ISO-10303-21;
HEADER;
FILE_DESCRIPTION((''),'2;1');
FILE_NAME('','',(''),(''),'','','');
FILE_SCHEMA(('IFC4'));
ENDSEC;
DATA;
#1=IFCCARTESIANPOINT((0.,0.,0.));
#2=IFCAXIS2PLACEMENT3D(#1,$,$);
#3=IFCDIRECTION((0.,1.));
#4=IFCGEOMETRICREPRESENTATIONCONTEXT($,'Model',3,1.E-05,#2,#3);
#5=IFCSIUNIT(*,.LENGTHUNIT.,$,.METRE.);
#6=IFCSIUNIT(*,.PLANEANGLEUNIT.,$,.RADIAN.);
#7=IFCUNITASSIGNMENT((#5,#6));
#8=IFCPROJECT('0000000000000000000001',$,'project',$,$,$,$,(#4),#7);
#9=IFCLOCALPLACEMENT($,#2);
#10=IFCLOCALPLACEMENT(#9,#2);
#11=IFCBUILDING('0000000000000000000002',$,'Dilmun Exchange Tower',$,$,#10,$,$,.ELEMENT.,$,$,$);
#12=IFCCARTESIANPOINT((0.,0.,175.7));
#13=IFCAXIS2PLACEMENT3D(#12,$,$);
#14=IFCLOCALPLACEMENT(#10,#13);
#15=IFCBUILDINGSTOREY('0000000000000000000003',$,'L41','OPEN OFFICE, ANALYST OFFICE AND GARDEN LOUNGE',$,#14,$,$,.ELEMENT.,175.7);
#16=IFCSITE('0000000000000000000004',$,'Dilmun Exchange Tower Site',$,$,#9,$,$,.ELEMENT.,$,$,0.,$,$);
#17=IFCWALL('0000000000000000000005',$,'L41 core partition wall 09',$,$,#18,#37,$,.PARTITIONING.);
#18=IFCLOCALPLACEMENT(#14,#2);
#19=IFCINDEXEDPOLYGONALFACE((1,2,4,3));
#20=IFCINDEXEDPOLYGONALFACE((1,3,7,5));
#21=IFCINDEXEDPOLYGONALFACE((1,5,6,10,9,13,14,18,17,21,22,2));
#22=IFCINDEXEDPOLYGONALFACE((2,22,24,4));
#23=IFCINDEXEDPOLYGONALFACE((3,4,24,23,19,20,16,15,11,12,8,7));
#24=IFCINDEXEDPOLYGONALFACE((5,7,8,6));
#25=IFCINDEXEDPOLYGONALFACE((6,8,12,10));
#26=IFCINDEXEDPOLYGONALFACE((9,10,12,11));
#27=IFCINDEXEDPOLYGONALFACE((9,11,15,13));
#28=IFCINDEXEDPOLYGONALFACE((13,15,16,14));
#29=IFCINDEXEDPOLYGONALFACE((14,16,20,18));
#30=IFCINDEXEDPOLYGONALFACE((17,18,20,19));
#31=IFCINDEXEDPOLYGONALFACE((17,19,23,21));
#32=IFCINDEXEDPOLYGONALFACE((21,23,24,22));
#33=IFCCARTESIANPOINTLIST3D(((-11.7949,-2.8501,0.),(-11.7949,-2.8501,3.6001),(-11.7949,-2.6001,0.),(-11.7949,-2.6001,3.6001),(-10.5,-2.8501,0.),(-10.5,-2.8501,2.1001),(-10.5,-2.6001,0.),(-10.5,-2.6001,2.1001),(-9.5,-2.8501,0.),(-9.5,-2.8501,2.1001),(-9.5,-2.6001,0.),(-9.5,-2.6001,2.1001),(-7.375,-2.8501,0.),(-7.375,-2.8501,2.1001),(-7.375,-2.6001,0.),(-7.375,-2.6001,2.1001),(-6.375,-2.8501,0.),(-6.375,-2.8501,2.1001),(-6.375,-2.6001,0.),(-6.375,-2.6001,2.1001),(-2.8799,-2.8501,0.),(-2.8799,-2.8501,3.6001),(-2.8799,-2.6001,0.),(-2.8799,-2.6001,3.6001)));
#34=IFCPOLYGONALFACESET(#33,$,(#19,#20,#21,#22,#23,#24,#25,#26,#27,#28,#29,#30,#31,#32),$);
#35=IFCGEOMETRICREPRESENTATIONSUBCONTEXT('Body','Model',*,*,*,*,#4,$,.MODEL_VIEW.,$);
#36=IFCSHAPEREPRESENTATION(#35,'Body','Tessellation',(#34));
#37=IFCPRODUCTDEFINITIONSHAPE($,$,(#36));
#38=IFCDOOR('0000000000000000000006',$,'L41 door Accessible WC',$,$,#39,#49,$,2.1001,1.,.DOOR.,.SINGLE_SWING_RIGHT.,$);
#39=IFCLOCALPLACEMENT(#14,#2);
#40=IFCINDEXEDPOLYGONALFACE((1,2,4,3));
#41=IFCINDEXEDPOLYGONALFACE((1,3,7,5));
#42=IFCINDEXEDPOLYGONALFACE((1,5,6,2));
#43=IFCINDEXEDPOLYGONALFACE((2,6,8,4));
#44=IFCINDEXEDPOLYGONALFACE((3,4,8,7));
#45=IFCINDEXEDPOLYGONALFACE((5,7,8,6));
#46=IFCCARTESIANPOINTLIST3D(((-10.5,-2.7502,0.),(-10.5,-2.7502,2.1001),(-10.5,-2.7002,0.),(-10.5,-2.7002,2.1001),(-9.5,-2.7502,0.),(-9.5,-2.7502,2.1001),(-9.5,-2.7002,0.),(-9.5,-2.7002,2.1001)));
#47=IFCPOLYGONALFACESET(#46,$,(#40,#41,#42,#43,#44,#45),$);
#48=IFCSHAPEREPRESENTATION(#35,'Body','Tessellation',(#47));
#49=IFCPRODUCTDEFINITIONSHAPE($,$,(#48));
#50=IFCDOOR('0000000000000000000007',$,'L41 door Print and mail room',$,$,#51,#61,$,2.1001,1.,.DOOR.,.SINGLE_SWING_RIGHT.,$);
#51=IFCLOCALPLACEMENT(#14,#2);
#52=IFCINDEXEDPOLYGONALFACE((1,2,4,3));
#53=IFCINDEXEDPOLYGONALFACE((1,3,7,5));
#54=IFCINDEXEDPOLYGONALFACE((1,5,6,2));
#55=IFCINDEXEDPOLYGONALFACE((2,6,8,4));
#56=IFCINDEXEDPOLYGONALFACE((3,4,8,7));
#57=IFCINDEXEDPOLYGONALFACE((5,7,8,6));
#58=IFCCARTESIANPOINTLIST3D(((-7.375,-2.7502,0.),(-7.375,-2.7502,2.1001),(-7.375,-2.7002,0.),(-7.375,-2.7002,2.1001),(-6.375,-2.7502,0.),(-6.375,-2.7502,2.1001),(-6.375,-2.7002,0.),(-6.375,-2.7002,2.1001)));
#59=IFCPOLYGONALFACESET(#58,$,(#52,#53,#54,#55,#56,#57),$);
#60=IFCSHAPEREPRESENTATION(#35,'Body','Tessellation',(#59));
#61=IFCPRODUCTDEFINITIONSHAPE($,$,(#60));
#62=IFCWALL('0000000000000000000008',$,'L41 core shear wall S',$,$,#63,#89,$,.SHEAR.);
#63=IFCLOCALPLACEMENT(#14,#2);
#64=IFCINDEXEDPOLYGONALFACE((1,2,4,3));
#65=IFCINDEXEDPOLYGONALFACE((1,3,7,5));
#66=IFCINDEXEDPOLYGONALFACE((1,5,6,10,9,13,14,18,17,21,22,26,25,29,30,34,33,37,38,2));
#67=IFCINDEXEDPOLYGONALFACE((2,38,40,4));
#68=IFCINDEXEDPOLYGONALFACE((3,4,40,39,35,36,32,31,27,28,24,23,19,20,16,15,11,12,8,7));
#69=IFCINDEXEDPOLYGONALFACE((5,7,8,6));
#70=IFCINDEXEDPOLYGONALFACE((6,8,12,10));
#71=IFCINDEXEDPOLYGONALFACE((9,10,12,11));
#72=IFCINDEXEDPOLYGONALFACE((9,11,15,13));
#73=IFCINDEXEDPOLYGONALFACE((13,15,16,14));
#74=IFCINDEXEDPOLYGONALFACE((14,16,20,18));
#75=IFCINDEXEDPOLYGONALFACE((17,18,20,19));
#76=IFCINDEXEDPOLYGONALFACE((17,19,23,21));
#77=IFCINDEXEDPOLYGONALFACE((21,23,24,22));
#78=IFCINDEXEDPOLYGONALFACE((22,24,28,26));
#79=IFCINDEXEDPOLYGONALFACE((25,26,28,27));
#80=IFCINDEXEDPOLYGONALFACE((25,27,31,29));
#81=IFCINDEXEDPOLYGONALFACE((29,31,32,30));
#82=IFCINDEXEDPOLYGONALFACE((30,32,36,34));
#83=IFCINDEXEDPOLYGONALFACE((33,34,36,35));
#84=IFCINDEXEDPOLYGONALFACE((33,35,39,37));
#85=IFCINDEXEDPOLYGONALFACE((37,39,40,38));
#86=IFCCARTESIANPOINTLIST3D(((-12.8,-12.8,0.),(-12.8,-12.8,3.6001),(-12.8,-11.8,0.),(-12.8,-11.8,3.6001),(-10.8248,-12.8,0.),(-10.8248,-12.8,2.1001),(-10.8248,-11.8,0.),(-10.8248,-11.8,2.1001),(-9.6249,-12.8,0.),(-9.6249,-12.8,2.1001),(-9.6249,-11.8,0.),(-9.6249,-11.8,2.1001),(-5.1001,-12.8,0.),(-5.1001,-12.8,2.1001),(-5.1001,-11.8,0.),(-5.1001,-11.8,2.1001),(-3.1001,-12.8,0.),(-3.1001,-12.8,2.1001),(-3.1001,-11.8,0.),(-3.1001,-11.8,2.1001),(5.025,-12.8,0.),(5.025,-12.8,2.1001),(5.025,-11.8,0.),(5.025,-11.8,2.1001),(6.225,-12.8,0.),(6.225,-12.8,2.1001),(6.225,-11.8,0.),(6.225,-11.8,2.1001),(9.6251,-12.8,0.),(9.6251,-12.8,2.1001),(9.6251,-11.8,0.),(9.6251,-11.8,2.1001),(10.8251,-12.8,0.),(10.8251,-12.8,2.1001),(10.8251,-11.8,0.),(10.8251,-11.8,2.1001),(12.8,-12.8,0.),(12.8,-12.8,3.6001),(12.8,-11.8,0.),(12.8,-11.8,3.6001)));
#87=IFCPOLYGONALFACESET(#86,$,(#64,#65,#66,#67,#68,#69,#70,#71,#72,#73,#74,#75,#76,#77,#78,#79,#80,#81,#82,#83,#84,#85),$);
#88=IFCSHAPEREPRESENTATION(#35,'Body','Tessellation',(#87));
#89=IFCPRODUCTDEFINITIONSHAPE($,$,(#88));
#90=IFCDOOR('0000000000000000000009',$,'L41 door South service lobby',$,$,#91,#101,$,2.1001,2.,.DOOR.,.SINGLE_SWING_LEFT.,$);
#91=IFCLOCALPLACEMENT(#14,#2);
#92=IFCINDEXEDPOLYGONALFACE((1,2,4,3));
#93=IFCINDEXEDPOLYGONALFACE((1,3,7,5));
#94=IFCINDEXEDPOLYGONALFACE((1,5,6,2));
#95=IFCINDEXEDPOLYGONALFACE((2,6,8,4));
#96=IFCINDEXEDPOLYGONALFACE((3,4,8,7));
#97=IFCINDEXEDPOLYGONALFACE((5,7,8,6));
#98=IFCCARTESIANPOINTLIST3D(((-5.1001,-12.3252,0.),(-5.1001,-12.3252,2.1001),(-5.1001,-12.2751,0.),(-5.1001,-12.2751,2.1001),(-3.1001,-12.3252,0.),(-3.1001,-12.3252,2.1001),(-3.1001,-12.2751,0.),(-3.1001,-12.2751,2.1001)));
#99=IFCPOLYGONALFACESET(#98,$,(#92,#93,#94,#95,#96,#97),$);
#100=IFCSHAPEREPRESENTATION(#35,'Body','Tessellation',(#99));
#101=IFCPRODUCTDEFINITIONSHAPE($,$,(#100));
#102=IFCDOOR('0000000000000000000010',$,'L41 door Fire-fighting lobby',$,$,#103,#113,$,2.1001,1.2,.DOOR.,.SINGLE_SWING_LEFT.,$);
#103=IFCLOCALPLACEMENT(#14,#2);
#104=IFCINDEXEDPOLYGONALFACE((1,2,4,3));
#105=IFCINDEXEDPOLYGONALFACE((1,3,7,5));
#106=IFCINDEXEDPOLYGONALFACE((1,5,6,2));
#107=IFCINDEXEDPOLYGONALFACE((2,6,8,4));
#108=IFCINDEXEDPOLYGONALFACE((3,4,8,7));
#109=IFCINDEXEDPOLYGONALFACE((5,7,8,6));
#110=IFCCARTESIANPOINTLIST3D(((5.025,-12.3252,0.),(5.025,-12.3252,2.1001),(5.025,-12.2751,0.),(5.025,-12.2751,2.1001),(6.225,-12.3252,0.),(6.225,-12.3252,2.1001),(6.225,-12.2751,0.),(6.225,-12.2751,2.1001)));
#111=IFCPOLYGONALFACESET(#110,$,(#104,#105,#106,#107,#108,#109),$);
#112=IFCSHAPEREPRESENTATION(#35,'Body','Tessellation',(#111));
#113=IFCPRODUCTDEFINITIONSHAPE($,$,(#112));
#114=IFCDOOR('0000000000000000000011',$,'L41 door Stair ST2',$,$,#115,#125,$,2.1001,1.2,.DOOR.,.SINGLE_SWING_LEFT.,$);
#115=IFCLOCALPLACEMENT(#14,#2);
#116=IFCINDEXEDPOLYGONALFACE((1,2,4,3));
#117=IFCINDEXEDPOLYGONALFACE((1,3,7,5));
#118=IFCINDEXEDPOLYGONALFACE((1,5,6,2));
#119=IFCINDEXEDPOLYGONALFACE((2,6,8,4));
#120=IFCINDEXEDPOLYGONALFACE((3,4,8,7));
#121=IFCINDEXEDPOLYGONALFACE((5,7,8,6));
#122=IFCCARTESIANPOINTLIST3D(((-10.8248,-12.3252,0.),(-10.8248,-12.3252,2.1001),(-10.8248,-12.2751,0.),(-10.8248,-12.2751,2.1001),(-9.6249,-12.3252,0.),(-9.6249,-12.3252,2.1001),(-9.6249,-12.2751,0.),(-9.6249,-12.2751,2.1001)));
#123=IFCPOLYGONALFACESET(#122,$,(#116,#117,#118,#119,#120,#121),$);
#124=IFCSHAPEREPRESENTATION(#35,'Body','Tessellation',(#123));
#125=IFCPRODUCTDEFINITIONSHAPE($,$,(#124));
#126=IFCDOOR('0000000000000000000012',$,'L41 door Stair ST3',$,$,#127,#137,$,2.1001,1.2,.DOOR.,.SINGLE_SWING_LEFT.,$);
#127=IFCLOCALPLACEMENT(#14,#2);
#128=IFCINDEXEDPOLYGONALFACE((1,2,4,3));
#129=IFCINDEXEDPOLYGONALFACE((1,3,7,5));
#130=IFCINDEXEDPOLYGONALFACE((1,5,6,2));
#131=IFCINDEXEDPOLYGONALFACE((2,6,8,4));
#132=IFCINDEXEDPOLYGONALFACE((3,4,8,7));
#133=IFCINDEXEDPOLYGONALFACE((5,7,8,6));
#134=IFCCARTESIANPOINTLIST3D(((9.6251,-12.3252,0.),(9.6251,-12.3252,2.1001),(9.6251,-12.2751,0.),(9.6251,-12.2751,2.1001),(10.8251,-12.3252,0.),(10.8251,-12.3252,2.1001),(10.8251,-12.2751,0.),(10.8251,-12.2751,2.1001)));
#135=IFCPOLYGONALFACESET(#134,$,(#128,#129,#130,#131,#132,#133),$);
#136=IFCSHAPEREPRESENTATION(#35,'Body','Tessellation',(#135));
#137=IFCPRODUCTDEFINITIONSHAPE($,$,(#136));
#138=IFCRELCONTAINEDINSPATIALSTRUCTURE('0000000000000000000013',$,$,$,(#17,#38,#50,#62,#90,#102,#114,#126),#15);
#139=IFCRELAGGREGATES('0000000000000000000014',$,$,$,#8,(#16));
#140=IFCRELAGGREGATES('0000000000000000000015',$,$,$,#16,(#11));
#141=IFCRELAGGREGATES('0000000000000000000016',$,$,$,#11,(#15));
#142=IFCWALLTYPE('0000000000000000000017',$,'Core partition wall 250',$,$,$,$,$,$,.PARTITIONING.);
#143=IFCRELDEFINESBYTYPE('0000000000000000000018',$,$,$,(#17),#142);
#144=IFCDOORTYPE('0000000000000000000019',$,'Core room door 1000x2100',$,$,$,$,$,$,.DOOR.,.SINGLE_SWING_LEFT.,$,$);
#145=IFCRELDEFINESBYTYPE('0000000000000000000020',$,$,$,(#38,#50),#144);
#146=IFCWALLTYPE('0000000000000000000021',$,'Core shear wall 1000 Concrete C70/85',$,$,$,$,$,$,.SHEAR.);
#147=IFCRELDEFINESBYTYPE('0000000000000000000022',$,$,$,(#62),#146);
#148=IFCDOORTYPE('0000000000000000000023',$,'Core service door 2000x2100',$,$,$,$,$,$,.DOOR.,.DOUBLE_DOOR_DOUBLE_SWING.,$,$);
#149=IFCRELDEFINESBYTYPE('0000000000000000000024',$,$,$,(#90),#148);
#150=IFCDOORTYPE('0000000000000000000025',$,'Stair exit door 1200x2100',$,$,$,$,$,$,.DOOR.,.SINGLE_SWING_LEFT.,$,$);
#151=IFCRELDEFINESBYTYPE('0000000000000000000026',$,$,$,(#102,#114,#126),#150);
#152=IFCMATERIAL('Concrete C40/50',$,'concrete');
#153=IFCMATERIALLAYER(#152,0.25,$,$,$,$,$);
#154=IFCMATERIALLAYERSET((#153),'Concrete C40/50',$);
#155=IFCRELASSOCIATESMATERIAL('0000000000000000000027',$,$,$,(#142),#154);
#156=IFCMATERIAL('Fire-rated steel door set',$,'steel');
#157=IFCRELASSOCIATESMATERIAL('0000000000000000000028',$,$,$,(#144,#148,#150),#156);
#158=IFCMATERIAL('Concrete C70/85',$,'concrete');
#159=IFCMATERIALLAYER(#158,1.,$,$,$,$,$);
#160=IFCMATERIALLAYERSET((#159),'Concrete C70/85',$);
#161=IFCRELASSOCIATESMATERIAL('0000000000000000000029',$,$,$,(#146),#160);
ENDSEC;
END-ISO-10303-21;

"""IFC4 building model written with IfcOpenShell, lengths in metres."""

from ifc_helpers import new_model, si_unit, direction, frame, frame_2d, origin, place, context, subcontext, project, spatial, rectangle, extrude, material, layer, layer_set, type_object, element, fill, save


model = new_model("IFC4")

# Units and contexts
model_context = context("Model", 3, precision=1e-05, world=origin(), true_north=direction((0.0, 1.0)))
body_context = subcontext(model_context, "Body", "Model", "MODEL_VIEW")
ifc_project = project(units=[si_unit("LENGTHUNIT", "METRE"), si_unit("PLANEANGLEUNIT", "RADIAN")], contexts=[model_context])

# Site, building, storey
site_placement = place(None, origin())
site = spatial("IfcSite", under=ifc_project, at=site_placement, Name="Dilmun Exchange Tower Site", CompositionType="ELEMENT", RefElevation=0.0)
building_placement = place(site_placement, origin())
building = spatial("IfcBuilding", under=site, at=building_placement, Name="Dilmun Exchange Tower", CompositionType="ELEMENT")
storey_placement = place(building_placement, frame((0.0, 0.0, 175.7)))
storey = spatial("IfcBuildingStorey", under=building, at=storey_placement, Name="L41", Description="OPEN OFFICE, ANALYST OFFICE AND GARDEN LOUNGE", CompositionType="ELEMENT", Elevation=175.7)

# Walls, openings, doors
ifc_material_1 = material(Name="Concrete C40/50", Category="concrete")
ifc_layer_1 = layer(ifc_material_1, 0.25)
ifc_layer_set_1 = layer_set([ifc_layer_1], Name="Concrete C40/50")
wall_type_1 = type_object("IfcWallType", Name="Core partition wall 250", PredefinedType="PARTITIONING", material=ifc_layer_set_1)
wall_1_placement = place(storey_placement, frame((-11.7949, -2.7251, 0.0), z_axis=(0.0, 0.0, 1.0), x_axis=(1.0, 0.0, 0.0)))
wall_1 = element("IfcWall", 1, at=wall_1_placement, inside=storey, type_object=wall_type_1, Name="L41 core partition wall 09", PredefinedType="PARTITIONING", context=body_context, shape_type="SweptSolid", body=[
    extrude(rectangle(XDim=8.915, YDim=0.25, at=frame_2d((4.4575, 0.0))), origin(), (0.0, 0.0, 1.0), 3.6001),
])
opening_1_placement = place(wall_1_placement, frame((1.2949, 0.0, 0.0)))
opening_1 = element("IfcOpeningElement", 2, at=opening_1_placement, cuts=wall_1, PredefinedType="OPENING", context=body_context, shape_type="SweptSolid", body=[
    extrude(rectangle(XDim=1.0, YDim=2.1001, at=frame_2d((0.5, 1.05))), frame((0.0, 0.135, 0.0), z_axis=(0.0, -1.0, 0.0), x_axis=(1.0, 0.0, 0.0)), (0.0, 0.0, 1.0), 0.27),
])
opening_2_placement = place(wall_1_placement, frame((4.4199, 0.0, 0.0)))
opening_2 = element("IfcOpeningElement", 3, at=opening_2_placement, cuts=wall_1, PredefinedType="OPENING", context=body_context, shape_type="SweptSolid", body=[
    extrude(rectangle(XDim=1.0, YDim=2.1001, at=frame_2d((0.5, 1.05))), frame((0.0, 0.135, 0.0), z_axis=(0.0, -1.0, 0.0), x_axis=(1.0, 0.0, 0.0)), (0.0, 0.0, 1.0), 0.27),
])
ifc_material_2 = material(Name="Fire-rated steel door set", Category="steel")
door_type_1 = type_object("IfcDoorType", Name="Core room door 1000x2100", OperationType="SINGLE_SWING_LEFT", PredefinedType="DOOR", material=ifc_material_2)
door_1_placement = place(opening_1_placement, origin())
door_1 = element("IfcDoor", 4, at=door_1_placement, inside=storey, type_object=door_type_1, Name="L41 door Accessible WC", OperationType="SINGLE_SWING_RIGHT", OverallHeight=2.1001, OverallWidth=1.0, PredefinedType="DOOR", context=body_context, shape_type="SweptSolid", body=[
    extrude(rectangle(XDim=1.0, YDim=2.1001, at=frame_2d((0.5, 1.05))), frame((0.0, 0.0249, 0.0), z_axis=(0.0, -1.0, 0.0), x_axis=(1.0, 0.0, 0.0)), (0.0, 0.0, 1.0), 0.05),
])
fill(opening_1, door_1)
door_2_placement = place(opening_2_placement, origin())
door_2 = element("IfcDoor", 5, at=door_2_placement, inside=storey, type_object=door_type_1, Name="L41 door Print and mail room", OperationType="SINGLE_SWING_RIGHT", OverallHeight=2.1001, OverallWidth=1.0, PredefinedType="DOOR", context=body_context, shape_type="SweptSolid", body=[
    extrude(rectangle(XDim=1.0, YDim=2.1001, at=frame_2d((0.5, 1.05))), frame((0.0, 0.0249, 0.0), z_axis=(0.0, -1.0, 0.0), x_axis=(1.0, 0.0, 0.0)), (0.0, 0.0, 1.0), 0.05),
])
fill(opening_2, door_2)
ifc_material_3 = material(Name="Concrete C70/85", Category="concrete")
ifc_layer_2 = layer(ifc_material_3, 1.0)
ifc_layer_set_2 = layer_set([ifc_layer_2], Name="Concrete C70/85")
wall_type_2 = type_object("IfcWallType", Name="Core shear wall 1000 Concrete C70/85", PredefinedType="SHEAR", material=ifc_layer_set_2)
wall_2_placement = place(storey_placement, frame((-12.8, -12.3, 0.0), z_axis=(0.0, 0.0, 1.0), x_axis=(1.0, 0.0, 0.0)))
wall_2 = element("IfcWall", 6, at=wall_2_placement, inside=storey, type_object=wall_type_2, Name="L41 core shear wall S", PredefinedType="SHEAR", context=body_context, shape_type="SweptSolid", body=[
    extrude(rectangle(XDim=25.6001, YDim=1.0, at=frame_2d((12.8, 0.0))), origin(), (0.0, 0.0, 1.0), 3.6001),
])
opening_3_placement = place(wall_2_placement, frame((7.7, 0.0, 0.0)))
opening_3 = element("IfcOpeningElement", 7, at=opening_3_placement, cuts=wall_2, PredefinedType="OPENING", context=body_context, shape_type="SweptSolid", body=[
    extrude(rectangle(XDim=2.0, YDim=2.1001, at=frame_2d((1.0, 1.05))), frame((0.0, 0.51, 0.0), z_axis=(0.0, -1.0, 0.0), x_axis=(1.0, 0.0, 0.0)), (0.0, 0.0, 1.0), 1.02),
])
opening_4_placement = place(wall_2_placement, frame((17.825, 0.0, 0.0)))
opening_4 = element("IfcOpeningElement", 8, at=opening_4_placement, cuts=wall_2, PredefinedType="OPENING", context=body_context, shape_type="SweptSolid", body=[
    extrude(rectangle(XDim=1.2, YDim=2.1001, at=frame_2d((0.6001, 1.05))), frame((0.0, 0.51, 0.0), z_axis=(0.0, -1.0, 0.0), x_axis=(1.0, 0.0, 0.0)), (0.0, 0.0, 1.0), 1.02),
])
opening_5_placement = place(wall_2_placement, frame((1.9751, 0.0, 0.0)))
opening_5 = element("IfcOpeningElement", 9, at=opening_5_placement, cuts=wall_2, PredefinedType="OPENING", context=body_context, shape_type="SweptSolid", body=[
    extrude(rectangle(XDim=1.2, YDim=2.1001, at=frame_2d((0.6001, 1.05))), frame((0.0, 0.51, 0.0), z_axis=(0.0, -1.0, 0.0), x_axis=(1.0, 0.0, 0.0)), (0.0, 0.0, 1.0), 1.02),
])
opening_6_placement = place(wall_2_placement, frame((22.425, 0.0, 0.0)))
opening_6 = element("IfcOpeningElement", 10, at=opening_6_placement, cuts=wall_2, PredefinedType="OPENING", context=body_context, shape_type="SweptSolid", body=[
    extrude(rectangle(XDim=1.2, YDim=2.1001, at=frame_2d((0.6001, 1.05))), frame((0.0, 0.51, 0.0), z_axis=(0.0, -1.0, 0.0), x_axis=(1.0, 0.0, 0.0)), (0.0, 0.0, 1.0), 1.02),
])
door_type_2 = type_object("IfcDoorType", Name="Core service door 2000x2100", OperationType="DOUBLE_DOOR_DOUBLE_SWING", PredefinedType="DOOR", material=ifc_material_2)
door_3_placement = place(opening_3_placement, origin())
door_3 = element("IfcDoor", 11, at=door_3_placement, inside=storey, type_object=door_type_2, Name="L41 door South service lobby", OperationType="SINGLE_SWING_LEFT", OverallHeight=2.1001, OverallWidth=2.0, PredefinedType="DOOR", context=body_context, shape_type="SweptSolid", body=[
    extrude(rectangle(XDim=2.0, YDim=2.1001, at=frame_2d((1.0, 1.05))), frame((0.0, 0.0249, 0.0), z_axis=(0.0, -1.0, 0.0), x_axis=(1.0, 0.0, 0.0)), (0.0, 0.0, 1.0), 0.05),
])
fill(opening_3, door_3)
door_type_3 = type_object("IfcDoorType", Name="Stair exit door 1200x2100", OperationType="SINGLE_SWING_LEFT", PredefinedType="DOOR", material=ifc_material_2)
door_4_placement = place(opening_4_placement, origin())
door_4 = element("IfcDoor", 12, at=door_4_placement, inside=storey, type_object=door_type_3, Name="L41 door Fire-fighting lobby", OperationType="SINGLE_SWING_LEFT", OverallHeight=2.1001, OverallWidth=1.2, PredefinedType="DOOR", context=body_context, shape_type="SweptSolid", body=[
    extrude(rectangle(XDim=1.2, YDim=2.1001, at=frame_2d((0.6001, 1.05))), frame((0.0, 0.0249, 0.0), z_axis=(0.0, -1.0, 0.0), x_axis=(1.0, 0.0, 0.0)), (0.0, 0.0, 1.0), 0.05),
])
fill(opening_4, door_4)
door_5_placement = place(opening_5_placement, origin())
door_5 = element("IfcDoor", 13, at=door_5_placement, inside=storey, type_object=door_type_3, Name="L41 door Stair ST2", OperationType="SINGLE_SWING_LEFT", OverallHeight=2.1001, OverallWidth=1.2, PredefinedType="DOOR", context=body_context, shape_type="SweptSolid", body=[
    extrude(rectangle(XDim=1.2, YDim=2.1001, at=frame_2d((0.6001, 1.05))), frame((0.0, 0.0249, 0.0), z_axis=(0.0, -1.0, 0.0), x_axis=(1.0, 0.0, 0.0)), (0.0, 0.0, 1.0), 0.05),
])
fill(opening_5, door_5)
door_6_placement = place(opening_6_placement, origin())
door_6 = element("IfcDoor", 14, at=door_6_placement, inside=storey, type_object=door_type_3, Name="L41 door Stair ST3", OperationType="SINGLE_SWING_LEFT", OverallHeight=2.1001, OverallWidth=1.2, PredefinedType="DOOR", context=body_context, shape_type="SweptSolid", body=[
    extrude(rectangle(XDim=1.2, YDim=2.1001, at=frame_2d((0.6001, 1.05))), frame((0.0, 0.0249, 0.0), z_axis=(0.0, -1.0, 0.0), x_axis=(1.0, 0.0, 0.0)), (0.0, 0.0, 1.0), 0.05),
])
fill(opening_6, door_6)

save(model, "model.ifc")
